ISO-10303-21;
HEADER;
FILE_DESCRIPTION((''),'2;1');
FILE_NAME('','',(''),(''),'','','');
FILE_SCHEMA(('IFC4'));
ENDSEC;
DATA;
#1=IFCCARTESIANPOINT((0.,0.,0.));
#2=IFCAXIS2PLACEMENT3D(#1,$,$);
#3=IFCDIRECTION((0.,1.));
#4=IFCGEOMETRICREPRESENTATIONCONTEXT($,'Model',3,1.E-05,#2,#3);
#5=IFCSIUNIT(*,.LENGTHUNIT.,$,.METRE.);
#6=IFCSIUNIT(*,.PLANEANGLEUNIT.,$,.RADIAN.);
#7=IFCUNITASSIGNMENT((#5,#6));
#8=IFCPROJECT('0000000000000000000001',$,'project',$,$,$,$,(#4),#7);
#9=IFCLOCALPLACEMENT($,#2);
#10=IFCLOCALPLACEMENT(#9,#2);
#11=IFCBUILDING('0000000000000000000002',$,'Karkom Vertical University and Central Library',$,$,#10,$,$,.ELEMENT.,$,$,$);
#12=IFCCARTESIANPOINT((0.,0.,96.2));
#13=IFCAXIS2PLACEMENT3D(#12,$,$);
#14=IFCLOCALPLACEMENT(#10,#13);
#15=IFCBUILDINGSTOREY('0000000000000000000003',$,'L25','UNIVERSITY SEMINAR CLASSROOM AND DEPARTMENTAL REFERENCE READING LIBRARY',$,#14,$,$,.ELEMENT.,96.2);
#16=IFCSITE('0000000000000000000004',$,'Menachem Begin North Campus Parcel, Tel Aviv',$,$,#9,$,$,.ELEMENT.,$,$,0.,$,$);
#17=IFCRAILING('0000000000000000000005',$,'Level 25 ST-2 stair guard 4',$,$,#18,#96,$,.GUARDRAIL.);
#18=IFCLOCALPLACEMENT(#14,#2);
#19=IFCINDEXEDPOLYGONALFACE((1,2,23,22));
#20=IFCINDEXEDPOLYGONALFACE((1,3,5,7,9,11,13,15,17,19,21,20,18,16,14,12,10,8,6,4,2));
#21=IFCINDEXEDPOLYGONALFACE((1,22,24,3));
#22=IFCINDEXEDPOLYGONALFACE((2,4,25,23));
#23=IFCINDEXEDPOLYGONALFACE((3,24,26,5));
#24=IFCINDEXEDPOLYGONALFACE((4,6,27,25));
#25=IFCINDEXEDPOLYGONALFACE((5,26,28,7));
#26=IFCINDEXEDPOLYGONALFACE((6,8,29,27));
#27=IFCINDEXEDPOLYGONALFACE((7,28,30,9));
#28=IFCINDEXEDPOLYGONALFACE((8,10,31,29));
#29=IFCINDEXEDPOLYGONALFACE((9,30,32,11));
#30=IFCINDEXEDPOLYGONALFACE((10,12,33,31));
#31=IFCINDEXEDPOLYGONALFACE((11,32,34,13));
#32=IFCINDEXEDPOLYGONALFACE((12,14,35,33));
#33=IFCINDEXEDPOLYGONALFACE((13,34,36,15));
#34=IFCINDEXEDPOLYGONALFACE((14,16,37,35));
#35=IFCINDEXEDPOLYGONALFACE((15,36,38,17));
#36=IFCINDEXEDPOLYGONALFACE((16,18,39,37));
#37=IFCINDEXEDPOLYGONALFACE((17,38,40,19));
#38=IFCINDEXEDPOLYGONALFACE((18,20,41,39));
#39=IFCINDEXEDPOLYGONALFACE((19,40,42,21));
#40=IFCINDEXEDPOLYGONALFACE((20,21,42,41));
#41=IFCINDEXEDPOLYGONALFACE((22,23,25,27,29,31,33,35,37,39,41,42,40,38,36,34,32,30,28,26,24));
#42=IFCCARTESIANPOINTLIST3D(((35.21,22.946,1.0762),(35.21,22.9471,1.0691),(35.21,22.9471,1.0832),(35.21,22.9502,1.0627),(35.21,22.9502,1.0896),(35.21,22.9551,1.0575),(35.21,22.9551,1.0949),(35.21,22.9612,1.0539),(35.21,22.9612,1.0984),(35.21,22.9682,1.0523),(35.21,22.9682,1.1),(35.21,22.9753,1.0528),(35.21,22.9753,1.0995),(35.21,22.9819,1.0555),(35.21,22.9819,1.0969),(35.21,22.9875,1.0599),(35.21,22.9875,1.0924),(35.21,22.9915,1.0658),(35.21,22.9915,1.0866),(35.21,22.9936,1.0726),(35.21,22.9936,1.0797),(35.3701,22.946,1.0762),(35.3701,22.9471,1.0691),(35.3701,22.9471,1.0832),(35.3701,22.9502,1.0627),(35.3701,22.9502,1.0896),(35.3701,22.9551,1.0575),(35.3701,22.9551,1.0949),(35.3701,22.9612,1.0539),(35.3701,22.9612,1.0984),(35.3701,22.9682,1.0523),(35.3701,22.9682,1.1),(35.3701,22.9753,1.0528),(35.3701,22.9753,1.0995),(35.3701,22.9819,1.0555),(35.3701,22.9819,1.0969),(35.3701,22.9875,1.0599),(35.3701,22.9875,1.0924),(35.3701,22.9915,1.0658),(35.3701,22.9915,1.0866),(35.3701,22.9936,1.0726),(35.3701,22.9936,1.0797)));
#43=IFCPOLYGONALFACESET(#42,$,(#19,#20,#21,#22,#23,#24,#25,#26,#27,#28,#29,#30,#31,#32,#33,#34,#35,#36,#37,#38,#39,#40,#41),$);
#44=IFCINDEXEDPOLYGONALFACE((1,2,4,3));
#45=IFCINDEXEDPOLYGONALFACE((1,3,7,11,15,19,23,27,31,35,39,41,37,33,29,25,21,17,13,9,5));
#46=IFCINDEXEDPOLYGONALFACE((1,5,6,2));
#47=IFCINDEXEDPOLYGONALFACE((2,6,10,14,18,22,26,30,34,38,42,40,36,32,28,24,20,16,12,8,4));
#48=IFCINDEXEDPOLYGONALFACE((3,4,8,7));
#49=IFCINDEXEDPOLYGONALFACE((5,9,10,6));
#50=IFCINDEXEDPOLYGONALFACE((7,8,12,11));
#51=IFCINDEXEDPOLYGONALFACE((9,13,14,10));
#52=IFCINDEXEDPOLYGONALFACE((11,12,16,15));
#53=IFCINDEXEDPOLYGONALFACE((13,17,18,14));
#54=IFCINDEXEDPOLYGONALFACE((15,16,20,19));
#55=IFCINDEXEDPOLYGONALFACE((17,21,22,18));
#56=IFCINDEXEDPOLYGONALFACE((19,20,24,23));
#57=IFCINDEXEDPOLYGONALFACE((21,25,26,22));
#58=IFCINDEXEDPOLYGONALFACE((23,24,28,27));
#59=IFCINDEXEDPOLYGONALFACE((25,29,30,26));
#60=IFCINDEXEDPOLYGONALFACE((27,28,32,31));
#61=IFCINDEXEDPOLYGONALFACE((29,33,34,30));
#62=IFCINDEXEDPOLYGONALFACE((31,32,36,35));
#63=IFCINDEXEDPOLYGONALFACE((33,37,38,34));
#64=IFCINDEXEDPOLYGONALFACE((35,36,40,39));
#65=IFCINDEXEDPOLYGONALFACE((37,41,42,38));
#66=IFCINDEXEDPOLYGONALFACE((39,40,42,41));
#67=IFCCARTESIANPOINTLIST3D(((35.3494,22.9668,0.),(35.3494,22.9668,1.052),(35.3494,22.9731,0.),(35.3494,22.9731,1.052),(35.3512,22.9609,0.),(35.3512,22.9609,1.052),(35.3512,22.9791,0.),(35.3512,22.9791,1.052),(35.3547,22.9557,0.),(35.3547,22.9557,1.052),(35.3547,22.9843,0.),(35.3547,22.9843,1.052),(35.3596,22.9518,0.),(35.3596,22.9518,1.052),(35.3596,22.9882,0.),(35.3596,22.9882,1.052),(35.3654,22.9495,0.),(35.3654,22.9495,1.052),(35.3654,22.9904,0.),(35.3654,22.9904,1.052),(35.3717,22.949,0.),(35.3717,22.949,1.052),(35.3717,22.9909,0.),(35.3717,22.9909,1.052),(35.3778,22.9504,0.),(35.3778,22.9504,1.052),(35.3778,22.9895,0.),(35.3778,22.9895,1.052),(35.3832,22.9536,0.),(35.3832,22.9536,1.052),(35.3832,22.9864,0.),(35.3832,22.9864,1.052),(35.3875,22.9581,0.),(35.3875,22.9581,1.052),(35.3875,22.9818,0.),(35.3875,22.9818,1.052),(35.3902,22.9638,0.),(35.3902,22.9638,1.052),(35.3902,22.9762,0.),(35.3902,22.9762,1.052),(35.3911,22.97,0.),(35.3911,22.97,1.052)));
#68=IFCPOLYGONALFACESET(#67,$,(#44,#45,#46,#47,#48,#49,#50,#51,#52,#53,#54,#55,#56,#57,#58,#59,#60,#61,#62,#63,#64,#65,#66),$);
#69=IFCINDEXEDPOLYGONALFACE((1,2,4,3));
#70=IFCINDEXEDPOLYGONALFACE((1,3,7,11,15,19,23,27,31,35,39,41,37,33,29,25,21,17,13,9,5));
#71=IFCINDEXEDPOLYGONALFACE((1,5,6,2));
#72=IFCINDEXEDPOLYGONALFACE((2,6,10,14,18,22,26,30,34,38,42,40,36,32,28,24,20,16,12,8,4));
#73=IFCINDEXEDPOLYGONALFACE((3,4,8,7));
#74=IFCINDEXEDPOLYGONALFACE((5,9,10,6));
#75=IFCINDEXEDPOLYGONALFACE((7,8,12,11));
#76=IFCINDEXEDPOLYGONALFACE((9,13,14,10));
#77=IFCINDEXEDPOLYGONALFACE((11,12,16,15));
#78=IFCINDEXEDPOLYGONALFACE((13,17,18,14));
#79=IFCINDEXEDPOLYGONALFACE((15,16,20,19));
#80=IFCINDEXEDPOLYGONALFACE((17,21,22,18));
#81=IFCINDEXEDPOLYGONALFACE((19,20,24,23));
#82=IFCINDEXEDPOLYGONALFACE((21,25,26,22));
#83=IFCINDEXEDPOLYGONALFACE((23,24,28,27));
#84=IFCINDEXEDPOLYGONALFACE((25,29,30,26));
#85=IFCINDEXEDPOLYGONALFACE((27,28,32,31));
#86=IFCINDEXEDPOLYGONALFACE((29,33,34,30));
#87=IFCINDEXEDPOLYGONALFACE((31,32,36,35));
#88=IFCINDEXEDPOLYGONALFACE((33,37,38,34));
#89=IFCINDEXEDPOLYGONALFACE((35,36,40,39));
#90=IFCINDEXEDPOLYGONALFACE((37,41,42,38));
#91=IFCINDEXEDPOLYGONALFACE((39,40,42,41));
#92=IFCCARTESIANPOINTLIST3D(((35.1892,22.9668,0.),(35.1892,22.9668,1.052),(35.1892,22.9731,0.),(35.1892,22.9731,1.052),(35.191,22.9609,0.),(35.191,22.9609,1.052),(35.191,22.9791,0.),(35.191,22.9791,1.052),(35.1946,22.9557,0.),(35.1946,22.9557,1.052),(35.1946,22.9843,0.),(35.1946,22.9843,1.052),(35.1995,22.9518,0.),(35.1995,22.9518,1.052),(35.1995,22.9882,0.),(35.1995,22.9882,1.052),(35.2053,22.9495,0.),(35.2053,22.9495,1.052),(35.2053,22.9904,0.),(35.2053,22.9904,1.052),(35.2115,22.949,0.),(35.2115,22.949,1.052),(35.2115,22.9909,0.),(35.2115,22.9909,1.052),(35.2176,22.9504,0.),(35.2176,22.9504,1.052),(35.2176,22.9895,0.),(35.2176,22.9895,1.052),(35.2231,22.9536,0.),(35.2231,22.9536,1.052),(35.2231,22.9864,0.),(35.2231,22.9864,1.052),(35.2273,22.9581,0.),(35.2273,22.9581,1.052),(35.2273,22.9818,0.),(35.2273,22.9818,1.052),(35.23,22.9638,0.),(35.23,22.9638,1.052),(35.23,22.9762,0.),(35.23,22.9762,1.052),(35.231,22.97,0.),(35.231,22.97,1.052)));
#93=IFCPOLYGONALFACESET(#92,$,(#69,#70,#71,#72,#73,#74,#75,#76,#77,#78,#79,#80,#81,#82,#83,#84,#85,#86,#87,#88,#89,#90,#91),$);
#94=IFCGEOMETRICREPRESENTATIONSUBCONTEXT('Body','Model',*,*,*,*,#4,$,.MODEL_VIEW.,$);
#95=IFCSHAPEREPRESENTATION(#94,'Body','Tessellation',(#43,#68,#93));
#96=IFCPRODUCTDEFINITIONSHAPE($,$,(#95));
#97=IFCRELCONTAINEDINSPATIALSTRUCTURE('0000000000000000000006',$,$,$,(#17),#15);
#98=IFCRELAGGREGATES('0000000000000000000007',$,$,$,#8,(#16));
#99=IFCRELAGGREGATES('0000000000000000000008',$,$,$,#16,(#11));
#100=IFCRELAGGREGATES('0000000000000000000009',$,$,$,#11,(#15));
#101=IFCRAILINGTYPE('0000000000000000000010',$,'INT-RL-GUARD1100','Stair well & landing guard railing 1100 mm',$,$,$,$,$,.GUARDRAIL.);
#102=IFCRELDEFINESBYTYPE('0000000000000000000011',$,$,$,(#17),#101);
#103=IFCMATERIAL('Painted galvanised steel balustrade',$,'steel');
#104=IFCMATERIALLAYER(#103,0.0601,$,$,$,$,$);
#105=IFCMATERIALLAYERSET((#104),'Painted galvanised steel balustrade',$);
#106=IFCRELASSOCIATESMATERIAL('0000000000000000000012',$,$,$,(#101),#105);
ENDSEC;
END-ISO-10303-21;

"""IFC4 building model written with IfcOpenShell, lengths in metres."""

from ifc_helpers import new_model, si_unit, direction, frame, origin, origin_2d, place, context, subcontext, project, spatial, circle, extrude, material, layer, layer_set, type_object, element, save


model = new_model("IFC4")

# Units and contexts
model_context = context("Model", 3, precision=1e-05, world=origin(), true_north=direction((0.0, 1.0)))
body_context = subcontext(model_context, "Body", "Model", "MODEL_VIEW")
ifc_project = project(units=[si_unit("LENGTHUNIT", "METRE"), si_unit("PLANEANGLEUNIT", "RADIAN")], contexts=[model_context])

# Site, building, storey
site_placement = place(None, origin())
site = spatial("IfcSite", under=ifc_project, at=site_placement, Name="Menachem Begin North Campus Parcel, Tel Aviv", CompositionType="ELEMENT", RefElevation=0.0)
building_placement = place(site_placement, origin())
building = spatial("IfcBuilding", under=site, at=building_placement, Name="Karkom Vertical University and Central Library", CompositionType="ELEMENT")
storey_placement = place(building_placement, frame((0.0, 0.0, 96.2)))
storey = spatial("IfcBuildingStorey", under=building, at=storey_placement, Name="L25", Description="UNIVERSITY SEMINAR CLASSROOM AND DEPARTMENTAL REFERENCE READING LIBRARY", CompositionType="ELEMENT", Elevation=96.2)

# Railing
ifc_material_1 = material(Name="Painted galvanised steel balustrade", Category="steel")
ifc_layer_1 = layer(ifc_material_1, 0.0601)
ifc_layer_set_1 = layer_set([ifc_layer_1], Name="Painted galvanised steel balustrade")
railing_type_1 = type_object("IfcRailingType", Name="INT-RL-GUARD1100", Description="Stair well & landing guard railing 1100 mm", PredefinedType="GUARDRAIL", material=ifc_layer_set_1)
railing_1_placement = place(storey_placement, frame((35.3701, 22.97, 0.0)))
element("IfcRailing", 1, at=railing_1_placement, inside=storey, type_object=railing_type_1, Name="Level 25 ST-2 stair guard 4", PredefinedType="GUARDRAIL", context=body_context, shape_type="SweptSolid", body=[
    extrude(circle(Radius=0.0239, at=origin_2d()), frame((0.0, 0.0, 1.0762), z_axis=(-1.0, 0.0, 0.0), x_axis=(0.0, -1.0, 0.0)), (0.0, 0.0, 1.0), 0.1602),
    extrude(circle(Radius=0.021, at=origin_2d()), origin(), (0.0, 0.0, 1.0), 1.052),
    extrude(circle(Radius=0.021, at=origin_2d()), frame((-0.1602, 0.0, 0.0)), (0.0, 0.0, 1.0), 1.052),
])

save(model, "model.ifc")
